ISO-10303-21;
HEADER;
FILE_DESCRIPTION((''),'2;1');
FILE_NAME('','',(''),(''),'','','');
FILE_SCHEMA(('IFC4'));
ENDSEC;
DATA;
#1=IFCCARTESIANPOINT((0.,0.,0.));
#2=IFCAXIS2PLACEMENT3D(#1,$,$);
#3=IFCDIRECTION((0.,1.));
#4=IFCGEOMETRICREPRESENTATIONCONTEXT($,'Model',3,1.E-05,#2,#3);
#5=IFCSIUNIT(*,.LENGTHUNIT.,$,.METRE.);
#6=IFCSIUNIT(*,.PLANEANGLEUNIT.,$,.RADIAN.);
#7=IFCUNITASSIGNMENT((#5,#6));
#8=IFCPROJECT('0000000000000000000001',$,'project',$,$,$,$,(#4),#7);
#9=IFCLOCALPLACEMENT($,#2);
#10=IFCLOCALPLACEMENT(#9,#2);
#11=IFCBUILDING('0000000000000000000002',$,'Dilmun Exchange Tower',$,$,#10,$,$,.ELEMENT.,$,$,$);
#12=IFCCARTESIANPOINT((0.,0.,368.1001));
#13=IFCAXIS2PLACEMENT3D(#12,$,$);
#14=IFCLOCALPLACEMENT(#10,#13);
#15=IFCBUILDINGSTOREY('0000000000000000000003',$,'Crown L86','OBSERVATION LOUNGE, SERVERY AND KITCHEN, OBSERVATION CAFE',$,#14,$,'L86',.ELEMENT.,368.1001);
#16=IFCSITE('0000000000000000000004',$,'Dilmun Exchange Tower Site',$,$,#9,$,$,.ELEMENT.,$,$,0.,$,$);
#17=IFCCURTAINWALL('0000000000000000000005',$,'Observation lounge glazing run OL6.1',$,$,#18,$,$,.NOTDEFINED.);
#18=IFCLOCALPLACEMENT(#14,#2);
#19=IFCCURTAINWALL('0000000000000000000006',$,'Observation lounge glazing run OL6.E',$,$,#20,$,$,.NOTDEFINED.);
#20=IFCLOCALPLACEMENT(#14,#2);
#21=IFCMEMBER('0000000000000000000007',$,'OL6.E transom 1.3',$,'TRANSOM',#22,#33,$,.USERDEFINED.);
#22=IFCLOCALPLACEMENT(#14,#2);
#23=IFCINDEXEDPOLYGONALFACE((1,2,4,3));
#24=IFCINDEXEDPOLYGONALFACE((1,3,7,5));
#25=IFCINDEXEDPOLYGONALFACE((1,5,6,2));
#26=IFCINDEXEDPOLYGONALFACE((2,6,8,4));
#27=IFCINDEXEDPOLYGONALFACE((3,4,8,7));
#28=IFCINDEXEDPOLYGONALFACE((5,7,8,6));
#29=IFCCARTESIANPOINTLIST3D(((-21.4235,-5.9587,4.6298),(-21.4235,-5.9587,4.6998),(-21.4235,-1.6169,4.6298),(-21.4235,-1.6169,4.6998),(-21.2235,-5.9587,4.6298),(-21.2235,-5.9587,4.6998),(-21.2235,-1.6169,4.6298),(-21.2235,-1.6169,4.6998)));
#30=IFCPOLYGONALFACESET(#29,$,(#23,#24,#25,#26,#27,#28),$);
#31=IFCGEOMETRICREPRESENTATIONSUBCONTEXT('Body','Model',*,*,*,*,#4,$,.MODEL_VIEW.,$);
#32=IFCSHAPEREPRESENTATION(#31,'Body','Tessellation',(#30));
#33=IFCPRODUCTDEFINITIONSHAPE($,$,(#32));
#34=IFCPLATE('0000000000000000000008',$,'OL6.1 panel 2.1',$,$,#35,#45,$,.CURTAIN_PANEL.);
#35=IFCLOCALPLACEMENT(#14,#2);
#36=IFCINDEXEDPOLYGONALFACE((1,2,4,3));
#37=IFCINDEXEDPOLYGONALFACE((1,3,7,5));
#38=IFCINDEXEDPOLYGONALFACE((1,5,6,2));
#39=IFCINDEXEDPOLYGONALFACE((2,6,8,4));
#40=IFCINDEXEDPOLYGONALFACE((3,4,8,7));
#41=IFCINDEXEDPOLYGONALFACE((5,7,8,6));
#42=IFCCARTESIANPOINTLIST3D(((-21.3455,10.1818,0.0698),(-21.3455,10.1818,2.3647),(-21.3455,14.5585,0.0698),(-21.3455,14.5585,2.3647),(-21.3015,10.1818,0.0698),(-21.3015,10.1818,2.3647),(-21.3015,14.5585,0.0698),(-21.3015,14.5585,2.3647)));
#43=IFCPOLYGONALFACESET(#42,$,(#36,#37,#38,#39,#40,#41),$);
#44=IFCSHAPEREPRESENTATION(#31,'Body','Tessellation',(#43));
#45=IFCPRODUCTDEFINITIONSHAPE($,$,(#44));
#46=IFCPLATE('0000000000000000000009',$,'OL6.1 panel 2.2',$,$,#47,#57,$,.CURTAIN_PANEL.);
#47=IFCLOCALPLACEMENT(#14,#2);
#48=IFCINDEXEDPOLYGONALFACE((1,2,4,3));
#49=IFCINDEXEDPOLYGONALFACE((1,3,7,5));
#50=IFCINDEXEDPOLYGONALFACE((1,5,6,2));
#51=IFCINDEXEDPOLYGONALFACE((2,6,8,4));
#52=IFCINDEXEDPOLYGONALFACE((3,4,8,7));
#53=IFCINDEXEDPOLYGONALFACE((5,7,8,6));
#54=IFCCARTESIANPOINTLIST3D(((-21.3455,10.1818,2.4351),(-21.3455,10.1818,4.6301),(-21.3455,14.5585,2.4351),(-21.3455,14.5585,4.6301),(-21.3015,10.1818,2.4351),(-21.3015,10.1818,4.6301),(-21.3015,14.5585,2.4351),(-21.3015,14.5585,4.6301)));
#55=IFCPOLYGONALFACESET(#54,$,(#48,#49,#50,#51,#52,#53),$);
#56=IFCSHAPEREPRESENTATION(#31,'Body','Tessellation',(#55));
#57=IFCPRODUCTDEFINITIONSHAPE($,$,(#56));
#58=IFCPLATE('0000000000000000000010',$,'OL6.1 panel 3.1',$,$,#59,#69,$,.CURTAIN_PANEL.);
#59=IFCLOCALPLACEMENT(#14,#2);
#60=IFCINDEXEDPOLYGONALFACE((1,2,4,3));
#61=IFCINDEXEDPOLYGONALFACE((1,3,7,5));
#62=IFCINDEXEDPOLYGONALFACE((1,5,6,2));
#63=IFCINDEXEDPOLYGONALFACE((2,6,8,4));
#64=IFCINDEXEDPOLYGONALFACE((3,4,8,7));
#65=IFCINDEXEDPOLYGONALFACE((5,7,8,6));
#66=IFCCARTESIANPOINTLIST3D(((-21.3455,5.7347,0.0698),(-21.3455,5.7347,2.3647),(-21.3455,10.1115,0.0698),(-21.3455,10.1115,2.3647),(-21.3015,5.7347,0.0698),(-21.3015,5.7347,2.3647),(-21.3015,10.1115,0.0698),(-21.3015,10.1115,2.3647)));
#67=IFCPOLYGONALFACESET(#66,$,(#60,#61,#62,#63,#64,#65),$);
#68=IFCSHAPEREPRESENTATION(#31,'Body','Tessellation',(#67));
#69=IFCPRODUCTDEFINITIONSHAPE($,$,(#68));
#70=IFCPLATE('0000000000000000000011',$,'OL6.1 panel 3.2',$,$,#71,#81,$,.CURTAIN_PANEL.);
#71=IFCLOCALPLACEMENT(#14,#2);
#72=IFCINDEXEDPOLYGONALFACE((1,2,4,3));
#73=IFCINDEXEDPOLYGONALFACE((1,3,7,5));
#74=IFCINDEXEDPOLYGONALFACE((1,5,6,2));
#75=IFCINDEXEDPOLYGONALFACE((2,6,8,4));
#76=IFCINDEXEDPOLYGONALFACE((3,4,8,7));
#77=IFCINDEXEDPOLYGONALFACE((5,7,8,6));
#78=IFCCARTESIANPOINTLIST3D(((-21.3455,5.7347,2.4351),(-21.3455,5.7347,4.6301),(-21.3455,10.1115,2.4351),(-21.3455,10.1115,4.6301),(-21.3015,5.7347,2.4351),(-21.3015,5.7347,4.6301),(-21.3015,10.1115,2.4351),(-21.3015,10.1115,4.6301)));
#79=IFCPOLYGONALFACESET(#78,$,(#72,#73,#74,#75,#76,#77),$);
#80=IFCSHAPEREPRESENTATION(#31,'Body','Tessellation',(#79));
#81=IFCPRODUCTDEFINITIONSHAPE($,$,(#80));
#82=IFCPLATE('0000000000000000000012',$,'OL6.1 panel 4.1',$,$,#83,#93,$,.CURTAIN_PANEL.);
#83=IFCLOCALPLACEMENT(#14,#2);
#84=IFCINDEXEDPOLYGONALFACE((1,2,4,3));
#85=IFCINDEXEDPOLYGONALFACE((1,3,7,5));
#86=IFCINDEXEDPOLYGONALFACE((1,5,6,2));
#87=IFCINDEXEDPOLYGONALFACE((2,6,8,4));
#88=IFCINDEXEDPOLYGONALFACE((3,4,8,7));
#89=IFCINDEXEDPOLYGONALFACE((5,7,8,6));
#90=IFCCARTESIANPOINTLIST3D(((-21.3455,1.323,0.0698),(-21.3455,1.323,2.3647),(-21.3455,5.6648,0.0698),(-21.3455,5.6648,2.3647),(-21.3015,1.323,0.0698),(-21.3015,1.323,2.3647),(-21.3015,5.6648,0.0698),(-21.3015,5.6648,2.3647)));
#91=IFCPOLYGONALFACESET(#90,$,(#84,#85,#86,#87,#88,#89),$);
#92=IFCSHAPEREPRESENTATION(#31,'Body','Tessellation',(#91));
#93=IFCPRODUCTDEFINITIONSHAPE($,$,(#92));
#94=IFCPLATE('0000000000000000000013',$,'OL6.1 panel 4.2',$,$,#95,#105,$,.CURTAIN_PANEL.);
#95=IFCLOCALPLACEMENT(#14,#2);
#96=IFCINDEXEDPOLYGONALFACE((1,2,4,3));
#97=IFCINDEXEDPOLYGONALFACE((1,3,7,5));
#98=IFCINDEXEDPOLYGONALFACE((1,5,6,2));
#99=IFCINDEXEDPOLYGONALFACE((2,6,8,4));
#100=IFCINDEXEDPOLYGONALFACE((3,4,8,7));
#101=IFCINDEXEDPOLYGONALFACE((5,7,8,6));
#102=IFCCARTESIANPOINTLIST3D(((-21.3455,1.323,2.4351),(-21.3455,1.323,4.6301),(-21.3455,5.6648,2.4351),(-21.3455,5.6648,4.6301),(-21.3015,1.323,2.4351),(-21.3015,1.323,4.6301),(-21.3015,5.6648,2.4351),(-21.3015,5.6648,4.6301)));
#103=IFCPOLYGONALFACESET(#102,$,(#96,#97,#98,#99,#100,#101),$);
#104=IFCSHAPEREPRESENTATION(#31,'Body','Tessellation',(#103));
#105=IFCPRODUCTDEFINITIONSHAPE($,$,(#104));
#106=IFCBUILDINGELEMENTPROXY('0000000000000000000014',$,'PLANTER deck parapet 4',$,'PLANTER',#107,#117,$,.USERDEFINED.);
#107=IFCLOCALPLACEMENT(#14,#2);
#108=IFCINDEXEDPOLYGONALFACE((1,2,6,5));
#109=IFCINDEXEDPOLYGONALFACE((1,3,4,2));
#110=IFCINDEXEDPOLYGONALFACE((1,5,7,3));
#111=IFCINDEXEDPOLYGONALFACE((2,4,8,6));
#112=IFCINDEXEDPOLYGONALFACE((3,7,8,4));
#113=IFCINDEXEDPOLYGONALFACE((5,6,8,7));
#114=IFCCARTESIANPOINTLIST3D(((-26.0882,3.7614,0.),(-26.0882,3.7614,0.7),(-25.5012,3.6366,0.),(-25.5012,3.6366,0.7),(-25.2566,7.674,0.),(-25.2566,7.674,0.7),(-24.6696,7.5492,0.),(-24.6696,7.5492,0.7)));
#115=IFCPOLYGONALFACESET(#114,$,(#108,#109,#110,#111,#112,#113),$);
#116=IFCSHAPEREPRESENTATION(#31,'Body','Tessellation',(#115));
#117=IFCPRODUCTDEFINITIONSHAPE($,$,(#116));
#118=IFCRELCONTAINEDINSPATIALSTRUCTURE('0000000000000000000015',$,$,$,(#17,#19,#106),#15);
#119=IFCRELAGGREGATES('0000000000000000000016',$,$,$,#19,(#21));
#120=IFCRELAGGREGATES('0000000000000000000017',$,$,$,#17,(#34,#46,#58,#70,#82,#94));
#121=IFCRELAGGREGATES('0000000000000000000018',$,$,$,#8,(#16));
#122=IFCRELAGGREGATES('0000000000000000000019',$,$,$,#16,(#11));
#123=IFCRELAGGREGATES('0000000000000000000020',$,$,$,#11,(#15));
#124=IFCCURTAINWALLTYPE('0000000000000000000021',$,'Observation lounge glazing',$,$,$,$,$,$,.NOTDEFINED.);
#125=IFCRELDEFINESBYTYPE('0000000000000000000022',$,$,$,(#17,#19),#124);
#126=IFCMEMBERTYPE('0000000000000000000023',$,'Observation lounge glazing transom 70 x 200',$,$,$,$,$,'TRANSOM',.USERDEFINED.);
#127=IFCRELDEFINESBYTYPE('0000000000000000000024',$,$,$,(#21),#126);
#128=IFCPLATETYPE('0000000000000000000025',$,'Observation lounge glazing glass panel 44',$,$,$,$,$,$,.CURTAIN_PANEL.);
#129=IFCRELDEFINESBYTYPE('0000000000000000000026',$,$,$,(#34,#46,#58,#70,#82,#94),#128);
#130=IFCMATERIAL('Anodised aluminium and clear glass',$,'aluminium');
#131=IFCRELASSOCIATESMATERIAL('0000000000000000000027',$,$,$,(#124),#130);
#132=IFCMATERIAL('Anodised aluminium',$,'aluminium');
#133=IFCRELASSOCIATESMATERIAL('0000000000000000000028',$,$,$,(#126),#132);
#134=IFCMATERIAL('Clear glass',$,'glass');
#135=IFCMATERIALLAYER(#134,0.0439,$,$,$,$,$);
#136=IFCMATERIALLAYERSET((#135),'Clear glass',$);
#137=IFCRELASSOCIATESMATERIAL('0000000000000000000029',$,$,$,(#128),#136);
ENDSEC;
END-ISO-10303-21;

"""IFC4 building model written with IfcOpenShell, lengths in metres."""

from ifc_helpers import new_model, si_unit, direction, frame, origin, origin_2d, place, context, subcontext, project, spatial, rectangle, extrude, material, layer, layer_set, material_profile, profile_set, type_object, element, aggregate, save


model = new_model("IFC4")

# Units and contexts
model_context = context("Model", 3, precision=1e-05, world=origin(), true_north=direction((0.0, 1.0)))
body_context = subcontext(model_context, "Body", "Model", "MODEL_VIEW")
ifc_project = project(units=[si_unit("LENGTHUNIT", "METRE"), si_unit("PLANEANGLEUNIT", "RADIAN")], contexts=[model_context])

# Site, building, storey
site_placement = place(None, origin())
site = spatial("IfcSite", under=ifc_project, at=site_placement, Name="Dilmun Exchange Tower Site", CompositionType="ELEMENT", RefElevation=0.0)
building_placement = place(site_placement, origin())
building = spatial("IfcBuilding", under=site, at=building_placement, Name="Dilmun Exchange Tower", CompositionType="ELEMENT")
storey_placement = place(building_placement, frame((0.0, 0.0, 368.1001)))
storey = spatial("IfcBuildingStorey", under=building, at=storey_placement, Name="Crown L86", Description="OBSERVATION LOUNGE, SERVERY AND KITCHEN, OBSERVATION CAFE", LongName="L86", CompositionType="ELEMENT", Elevation=368.1001)

# Curtain wall
ifc_material_1 = material(Name="Anodised aluminium and clear glass", Category="aluminium")
curtain_wall_type = type_object("IfcCurtainWallType", Name="Observation lounge glazing", PredefinedType="NOTDEFINED", material=ifc_material_1)
curtain_wall_1_placement = place(storey_placement, origin())
curtain_wall_1 = element("IfcCurtainWall", 1, at=curtain_wall_1_placement, inside=storey, type_object=curtain_wall_type, Name="Observation lounge glazing run OL6.1", PredefinedType="NOTDEFINED")
ifc_material_2 = material(Name="Anodised aluminium", Category="aluminium")

# Curtain wall
curtain_wall_2_placement = place(storey_placement, origin())
curtain_wall_2 = element("IfcCurtainWall", 2, at=curtain_wall_2_placement, inside=storey, type_object=curtain_wall_type, Name="Observation lounge glazing run OL6.E", PredefinedType="NOTDEFINED")

# Member
ifc_material_profile_1 = material_profile(ifc_material_2, rectangle(XDim=0.2, YDim=0.0701, at=origin_2d()), Name="AL 70x200")
ifc_profile_set_1 = profile_set([ifc_material_profile_1], Name="Anodised aluminium")
member_type_1 = type_object("IfcMemberType", Name="Observation lounge glazing transom 70 x 200", ElementType="TRANSOM", PredefinedType="USERDEFINED", material=ifc_profile_set_1)
member_1_placement = place(storey_placement, frame((-21.3235, -1.6169, 4.6648), z_axis=(0.0, -1.0, 0.0), x_axis=(1.0, 0.0, 0.0)))
member_1 = element("IfcMember", 3, at=member_1_placement, type_object=member_type_1, Name="OL6.E transom 1.3", ObjectType="TRANSOM", PredefinedType="USERDEFINED", context=body_context, shape_type="SweptSolid", body=[
    extrude(rectangle(XDim=0.2, YDim=0.0701, at=origin_2d()), origin(), (0.0, 0.0, 1.0), 4.3418),
])
aggregate(curtain_wall_2, [member_1])

# Plates
ifc_material_3 = material(Name="Clear glass", Category="glass")
ifc_layer_1 = layer(ifc_material_3, 0.0439)
ifc_layer_set_1 = layer_set([ifc_layer_1], Name="Clear glass")
plate_type = type_object("IfcPlateType", Name="Observation lounge glazing glass panel 44", PredefinedType="CURTAIN_PANEL", material=ifc_layer_set_1)
plate_1_placement = place(storey_placement, frame((-21.3235, 12.3701, 0.0698), z_axis=(0.0, 0.0, 1.0), x_axis=(0.0, -1.0, 0.0)))
plate_1 = element("IfcPlate", 4, at=plate_1_placement, type_object=plate_type, Name="OL6.1 panel 2.1", PredefinedType="CURTAIN_PANEL", context=body_context, shape_type="SweptSolid", body=[
    extrude(rectangle(XDim=4.3767, YDim=0.0439, at=origin_2d()), origin(), (0.0, 0.0, 1.0), 2.2949),
])
plate_2_placement = place(storey_placement, frame((-21.3235, 12.3701, 2.4351), z_axis=(0.0, 0.0, 1.0), x_axis=(0.0, -1.0, 0.0)))
plate_2 = element("IfcPlate", 5, at=plate_2_placement, type_object=plate_type, Name="OL6.1 panel 2.2", PredefinedType="CURTAIN_PANEL", context=body_context, shape_type="SweptSolid", body=[
    extrude(rectangle(XDim=4.3767, YDim=0.0439, at=origin_2d()), origin(), (0.0, 0.0, 1.0), 2.1951),
])
plate_3_placement = place(storey_placement, frame((-21.3235, 7.9231, 0.0698), z_axis=(0.0, 0.0, 1.0), x_axis=(0.0, -1.0, 0.0)))
plate_3 = element("IfcPlate", 6, at=plate_3_placement, type_object=plate_type, Name="OL6.1 panel 3.1", PredefinedType="CURTAIN_PANEL", context=body_context, shape_type="SweptSolid", body=[
    extrude(rectangle(XDim=4.3767, YDim=0.0439, at=origin_2d()), origin(), (0.0, 0.0, 1.0), 2.2949),
])
plate_4_placement = place(storey_placement, frame((-21.3235, 7.9231, 2.4351), z_axis=(0.0, 0.0, 1.0), x_axis=(0.0, -1.0, 0.0)))
plate_4 = element("IfcPlate", 7, at=plate_4_placement, type_object=plate_type, Name="OL6.1 panel 3.2", PredefinedType="CURTAIN_PANEL", context=body_context, shape_type="SweptSolid", body=[
    extrude(rectangle(XDim=4.3767, YDim=0.0439, at=origin_2d()), origin(), (0.0, 0.0, 1.0), 2.1951),
])
plate_5_placement = place(storey_placement, frame((-21.3235, 3.4939, 0.0698), z_axis=(0.0, 0.0, 1.0), x_axis=(0.0, -1.0, 0.0)))
plate_5 = element("IfcPlate", 8, at=plate_5_placement, type_object=plate_type, Name="OL6.1 panel 4.1", PredefinedType="CURTAIN_PANEL", context=body_context, shape_type="SweptSolid", body=[
    extrude(rectangle(XDim=4.3418, YDim=0.0439, at=origin_2d()), origin(), (0.0, 0.0, 1.0), 2.2949),
])
plate_6_placement = place(storey_placement, frame((-21.3235, 3.4939, 2.4351), z_axis=(0.0, 0.0, 1.0), x_axis=(0.0, -1.0, 0.0)))
plate_6 = element("IfcPlate", 9, at=plate_6_placement, type_object=plate_type, Name="OL6.1 panel 4.2", PredefinedType="CURTAIN_PANEL", context=body_context, shape_type="SweptSolid", body=[
    extrude(rectangle(XDim=4.3418, YDim=0.0439, at=origin_2d()), origin(), (0.0, 0.0, 1.0), 2.1951),
])
aggregate(curtain_wall_1, [plate_1, plate_2, plate_3, plate_4, plate_5, plate_6])

# Building element proxy
proxy_placement = place(storey_placement, frame((-25.3789, 5.6553, 0.0), z_axis=(0.0, 0.0, 1.0), x_axis=(-0.207912, -0.978148, 0.0)))
element("IfcBuildingElementProxy", 10, at=proxy_placement, inside=storey, Name="PLANTER deck parapet 4", ObjectType="PLANTER", PredefinedType="USERDEFINED", context=body_context, shape_type="SweptSolid", body=[
    extrude(rectangle(XDim=4.0, YDim=0.6001, at=origin_2d()), origin(), (0.0, 0.0, 1.0), 0.7),
])

save(model, "model.ifc")
